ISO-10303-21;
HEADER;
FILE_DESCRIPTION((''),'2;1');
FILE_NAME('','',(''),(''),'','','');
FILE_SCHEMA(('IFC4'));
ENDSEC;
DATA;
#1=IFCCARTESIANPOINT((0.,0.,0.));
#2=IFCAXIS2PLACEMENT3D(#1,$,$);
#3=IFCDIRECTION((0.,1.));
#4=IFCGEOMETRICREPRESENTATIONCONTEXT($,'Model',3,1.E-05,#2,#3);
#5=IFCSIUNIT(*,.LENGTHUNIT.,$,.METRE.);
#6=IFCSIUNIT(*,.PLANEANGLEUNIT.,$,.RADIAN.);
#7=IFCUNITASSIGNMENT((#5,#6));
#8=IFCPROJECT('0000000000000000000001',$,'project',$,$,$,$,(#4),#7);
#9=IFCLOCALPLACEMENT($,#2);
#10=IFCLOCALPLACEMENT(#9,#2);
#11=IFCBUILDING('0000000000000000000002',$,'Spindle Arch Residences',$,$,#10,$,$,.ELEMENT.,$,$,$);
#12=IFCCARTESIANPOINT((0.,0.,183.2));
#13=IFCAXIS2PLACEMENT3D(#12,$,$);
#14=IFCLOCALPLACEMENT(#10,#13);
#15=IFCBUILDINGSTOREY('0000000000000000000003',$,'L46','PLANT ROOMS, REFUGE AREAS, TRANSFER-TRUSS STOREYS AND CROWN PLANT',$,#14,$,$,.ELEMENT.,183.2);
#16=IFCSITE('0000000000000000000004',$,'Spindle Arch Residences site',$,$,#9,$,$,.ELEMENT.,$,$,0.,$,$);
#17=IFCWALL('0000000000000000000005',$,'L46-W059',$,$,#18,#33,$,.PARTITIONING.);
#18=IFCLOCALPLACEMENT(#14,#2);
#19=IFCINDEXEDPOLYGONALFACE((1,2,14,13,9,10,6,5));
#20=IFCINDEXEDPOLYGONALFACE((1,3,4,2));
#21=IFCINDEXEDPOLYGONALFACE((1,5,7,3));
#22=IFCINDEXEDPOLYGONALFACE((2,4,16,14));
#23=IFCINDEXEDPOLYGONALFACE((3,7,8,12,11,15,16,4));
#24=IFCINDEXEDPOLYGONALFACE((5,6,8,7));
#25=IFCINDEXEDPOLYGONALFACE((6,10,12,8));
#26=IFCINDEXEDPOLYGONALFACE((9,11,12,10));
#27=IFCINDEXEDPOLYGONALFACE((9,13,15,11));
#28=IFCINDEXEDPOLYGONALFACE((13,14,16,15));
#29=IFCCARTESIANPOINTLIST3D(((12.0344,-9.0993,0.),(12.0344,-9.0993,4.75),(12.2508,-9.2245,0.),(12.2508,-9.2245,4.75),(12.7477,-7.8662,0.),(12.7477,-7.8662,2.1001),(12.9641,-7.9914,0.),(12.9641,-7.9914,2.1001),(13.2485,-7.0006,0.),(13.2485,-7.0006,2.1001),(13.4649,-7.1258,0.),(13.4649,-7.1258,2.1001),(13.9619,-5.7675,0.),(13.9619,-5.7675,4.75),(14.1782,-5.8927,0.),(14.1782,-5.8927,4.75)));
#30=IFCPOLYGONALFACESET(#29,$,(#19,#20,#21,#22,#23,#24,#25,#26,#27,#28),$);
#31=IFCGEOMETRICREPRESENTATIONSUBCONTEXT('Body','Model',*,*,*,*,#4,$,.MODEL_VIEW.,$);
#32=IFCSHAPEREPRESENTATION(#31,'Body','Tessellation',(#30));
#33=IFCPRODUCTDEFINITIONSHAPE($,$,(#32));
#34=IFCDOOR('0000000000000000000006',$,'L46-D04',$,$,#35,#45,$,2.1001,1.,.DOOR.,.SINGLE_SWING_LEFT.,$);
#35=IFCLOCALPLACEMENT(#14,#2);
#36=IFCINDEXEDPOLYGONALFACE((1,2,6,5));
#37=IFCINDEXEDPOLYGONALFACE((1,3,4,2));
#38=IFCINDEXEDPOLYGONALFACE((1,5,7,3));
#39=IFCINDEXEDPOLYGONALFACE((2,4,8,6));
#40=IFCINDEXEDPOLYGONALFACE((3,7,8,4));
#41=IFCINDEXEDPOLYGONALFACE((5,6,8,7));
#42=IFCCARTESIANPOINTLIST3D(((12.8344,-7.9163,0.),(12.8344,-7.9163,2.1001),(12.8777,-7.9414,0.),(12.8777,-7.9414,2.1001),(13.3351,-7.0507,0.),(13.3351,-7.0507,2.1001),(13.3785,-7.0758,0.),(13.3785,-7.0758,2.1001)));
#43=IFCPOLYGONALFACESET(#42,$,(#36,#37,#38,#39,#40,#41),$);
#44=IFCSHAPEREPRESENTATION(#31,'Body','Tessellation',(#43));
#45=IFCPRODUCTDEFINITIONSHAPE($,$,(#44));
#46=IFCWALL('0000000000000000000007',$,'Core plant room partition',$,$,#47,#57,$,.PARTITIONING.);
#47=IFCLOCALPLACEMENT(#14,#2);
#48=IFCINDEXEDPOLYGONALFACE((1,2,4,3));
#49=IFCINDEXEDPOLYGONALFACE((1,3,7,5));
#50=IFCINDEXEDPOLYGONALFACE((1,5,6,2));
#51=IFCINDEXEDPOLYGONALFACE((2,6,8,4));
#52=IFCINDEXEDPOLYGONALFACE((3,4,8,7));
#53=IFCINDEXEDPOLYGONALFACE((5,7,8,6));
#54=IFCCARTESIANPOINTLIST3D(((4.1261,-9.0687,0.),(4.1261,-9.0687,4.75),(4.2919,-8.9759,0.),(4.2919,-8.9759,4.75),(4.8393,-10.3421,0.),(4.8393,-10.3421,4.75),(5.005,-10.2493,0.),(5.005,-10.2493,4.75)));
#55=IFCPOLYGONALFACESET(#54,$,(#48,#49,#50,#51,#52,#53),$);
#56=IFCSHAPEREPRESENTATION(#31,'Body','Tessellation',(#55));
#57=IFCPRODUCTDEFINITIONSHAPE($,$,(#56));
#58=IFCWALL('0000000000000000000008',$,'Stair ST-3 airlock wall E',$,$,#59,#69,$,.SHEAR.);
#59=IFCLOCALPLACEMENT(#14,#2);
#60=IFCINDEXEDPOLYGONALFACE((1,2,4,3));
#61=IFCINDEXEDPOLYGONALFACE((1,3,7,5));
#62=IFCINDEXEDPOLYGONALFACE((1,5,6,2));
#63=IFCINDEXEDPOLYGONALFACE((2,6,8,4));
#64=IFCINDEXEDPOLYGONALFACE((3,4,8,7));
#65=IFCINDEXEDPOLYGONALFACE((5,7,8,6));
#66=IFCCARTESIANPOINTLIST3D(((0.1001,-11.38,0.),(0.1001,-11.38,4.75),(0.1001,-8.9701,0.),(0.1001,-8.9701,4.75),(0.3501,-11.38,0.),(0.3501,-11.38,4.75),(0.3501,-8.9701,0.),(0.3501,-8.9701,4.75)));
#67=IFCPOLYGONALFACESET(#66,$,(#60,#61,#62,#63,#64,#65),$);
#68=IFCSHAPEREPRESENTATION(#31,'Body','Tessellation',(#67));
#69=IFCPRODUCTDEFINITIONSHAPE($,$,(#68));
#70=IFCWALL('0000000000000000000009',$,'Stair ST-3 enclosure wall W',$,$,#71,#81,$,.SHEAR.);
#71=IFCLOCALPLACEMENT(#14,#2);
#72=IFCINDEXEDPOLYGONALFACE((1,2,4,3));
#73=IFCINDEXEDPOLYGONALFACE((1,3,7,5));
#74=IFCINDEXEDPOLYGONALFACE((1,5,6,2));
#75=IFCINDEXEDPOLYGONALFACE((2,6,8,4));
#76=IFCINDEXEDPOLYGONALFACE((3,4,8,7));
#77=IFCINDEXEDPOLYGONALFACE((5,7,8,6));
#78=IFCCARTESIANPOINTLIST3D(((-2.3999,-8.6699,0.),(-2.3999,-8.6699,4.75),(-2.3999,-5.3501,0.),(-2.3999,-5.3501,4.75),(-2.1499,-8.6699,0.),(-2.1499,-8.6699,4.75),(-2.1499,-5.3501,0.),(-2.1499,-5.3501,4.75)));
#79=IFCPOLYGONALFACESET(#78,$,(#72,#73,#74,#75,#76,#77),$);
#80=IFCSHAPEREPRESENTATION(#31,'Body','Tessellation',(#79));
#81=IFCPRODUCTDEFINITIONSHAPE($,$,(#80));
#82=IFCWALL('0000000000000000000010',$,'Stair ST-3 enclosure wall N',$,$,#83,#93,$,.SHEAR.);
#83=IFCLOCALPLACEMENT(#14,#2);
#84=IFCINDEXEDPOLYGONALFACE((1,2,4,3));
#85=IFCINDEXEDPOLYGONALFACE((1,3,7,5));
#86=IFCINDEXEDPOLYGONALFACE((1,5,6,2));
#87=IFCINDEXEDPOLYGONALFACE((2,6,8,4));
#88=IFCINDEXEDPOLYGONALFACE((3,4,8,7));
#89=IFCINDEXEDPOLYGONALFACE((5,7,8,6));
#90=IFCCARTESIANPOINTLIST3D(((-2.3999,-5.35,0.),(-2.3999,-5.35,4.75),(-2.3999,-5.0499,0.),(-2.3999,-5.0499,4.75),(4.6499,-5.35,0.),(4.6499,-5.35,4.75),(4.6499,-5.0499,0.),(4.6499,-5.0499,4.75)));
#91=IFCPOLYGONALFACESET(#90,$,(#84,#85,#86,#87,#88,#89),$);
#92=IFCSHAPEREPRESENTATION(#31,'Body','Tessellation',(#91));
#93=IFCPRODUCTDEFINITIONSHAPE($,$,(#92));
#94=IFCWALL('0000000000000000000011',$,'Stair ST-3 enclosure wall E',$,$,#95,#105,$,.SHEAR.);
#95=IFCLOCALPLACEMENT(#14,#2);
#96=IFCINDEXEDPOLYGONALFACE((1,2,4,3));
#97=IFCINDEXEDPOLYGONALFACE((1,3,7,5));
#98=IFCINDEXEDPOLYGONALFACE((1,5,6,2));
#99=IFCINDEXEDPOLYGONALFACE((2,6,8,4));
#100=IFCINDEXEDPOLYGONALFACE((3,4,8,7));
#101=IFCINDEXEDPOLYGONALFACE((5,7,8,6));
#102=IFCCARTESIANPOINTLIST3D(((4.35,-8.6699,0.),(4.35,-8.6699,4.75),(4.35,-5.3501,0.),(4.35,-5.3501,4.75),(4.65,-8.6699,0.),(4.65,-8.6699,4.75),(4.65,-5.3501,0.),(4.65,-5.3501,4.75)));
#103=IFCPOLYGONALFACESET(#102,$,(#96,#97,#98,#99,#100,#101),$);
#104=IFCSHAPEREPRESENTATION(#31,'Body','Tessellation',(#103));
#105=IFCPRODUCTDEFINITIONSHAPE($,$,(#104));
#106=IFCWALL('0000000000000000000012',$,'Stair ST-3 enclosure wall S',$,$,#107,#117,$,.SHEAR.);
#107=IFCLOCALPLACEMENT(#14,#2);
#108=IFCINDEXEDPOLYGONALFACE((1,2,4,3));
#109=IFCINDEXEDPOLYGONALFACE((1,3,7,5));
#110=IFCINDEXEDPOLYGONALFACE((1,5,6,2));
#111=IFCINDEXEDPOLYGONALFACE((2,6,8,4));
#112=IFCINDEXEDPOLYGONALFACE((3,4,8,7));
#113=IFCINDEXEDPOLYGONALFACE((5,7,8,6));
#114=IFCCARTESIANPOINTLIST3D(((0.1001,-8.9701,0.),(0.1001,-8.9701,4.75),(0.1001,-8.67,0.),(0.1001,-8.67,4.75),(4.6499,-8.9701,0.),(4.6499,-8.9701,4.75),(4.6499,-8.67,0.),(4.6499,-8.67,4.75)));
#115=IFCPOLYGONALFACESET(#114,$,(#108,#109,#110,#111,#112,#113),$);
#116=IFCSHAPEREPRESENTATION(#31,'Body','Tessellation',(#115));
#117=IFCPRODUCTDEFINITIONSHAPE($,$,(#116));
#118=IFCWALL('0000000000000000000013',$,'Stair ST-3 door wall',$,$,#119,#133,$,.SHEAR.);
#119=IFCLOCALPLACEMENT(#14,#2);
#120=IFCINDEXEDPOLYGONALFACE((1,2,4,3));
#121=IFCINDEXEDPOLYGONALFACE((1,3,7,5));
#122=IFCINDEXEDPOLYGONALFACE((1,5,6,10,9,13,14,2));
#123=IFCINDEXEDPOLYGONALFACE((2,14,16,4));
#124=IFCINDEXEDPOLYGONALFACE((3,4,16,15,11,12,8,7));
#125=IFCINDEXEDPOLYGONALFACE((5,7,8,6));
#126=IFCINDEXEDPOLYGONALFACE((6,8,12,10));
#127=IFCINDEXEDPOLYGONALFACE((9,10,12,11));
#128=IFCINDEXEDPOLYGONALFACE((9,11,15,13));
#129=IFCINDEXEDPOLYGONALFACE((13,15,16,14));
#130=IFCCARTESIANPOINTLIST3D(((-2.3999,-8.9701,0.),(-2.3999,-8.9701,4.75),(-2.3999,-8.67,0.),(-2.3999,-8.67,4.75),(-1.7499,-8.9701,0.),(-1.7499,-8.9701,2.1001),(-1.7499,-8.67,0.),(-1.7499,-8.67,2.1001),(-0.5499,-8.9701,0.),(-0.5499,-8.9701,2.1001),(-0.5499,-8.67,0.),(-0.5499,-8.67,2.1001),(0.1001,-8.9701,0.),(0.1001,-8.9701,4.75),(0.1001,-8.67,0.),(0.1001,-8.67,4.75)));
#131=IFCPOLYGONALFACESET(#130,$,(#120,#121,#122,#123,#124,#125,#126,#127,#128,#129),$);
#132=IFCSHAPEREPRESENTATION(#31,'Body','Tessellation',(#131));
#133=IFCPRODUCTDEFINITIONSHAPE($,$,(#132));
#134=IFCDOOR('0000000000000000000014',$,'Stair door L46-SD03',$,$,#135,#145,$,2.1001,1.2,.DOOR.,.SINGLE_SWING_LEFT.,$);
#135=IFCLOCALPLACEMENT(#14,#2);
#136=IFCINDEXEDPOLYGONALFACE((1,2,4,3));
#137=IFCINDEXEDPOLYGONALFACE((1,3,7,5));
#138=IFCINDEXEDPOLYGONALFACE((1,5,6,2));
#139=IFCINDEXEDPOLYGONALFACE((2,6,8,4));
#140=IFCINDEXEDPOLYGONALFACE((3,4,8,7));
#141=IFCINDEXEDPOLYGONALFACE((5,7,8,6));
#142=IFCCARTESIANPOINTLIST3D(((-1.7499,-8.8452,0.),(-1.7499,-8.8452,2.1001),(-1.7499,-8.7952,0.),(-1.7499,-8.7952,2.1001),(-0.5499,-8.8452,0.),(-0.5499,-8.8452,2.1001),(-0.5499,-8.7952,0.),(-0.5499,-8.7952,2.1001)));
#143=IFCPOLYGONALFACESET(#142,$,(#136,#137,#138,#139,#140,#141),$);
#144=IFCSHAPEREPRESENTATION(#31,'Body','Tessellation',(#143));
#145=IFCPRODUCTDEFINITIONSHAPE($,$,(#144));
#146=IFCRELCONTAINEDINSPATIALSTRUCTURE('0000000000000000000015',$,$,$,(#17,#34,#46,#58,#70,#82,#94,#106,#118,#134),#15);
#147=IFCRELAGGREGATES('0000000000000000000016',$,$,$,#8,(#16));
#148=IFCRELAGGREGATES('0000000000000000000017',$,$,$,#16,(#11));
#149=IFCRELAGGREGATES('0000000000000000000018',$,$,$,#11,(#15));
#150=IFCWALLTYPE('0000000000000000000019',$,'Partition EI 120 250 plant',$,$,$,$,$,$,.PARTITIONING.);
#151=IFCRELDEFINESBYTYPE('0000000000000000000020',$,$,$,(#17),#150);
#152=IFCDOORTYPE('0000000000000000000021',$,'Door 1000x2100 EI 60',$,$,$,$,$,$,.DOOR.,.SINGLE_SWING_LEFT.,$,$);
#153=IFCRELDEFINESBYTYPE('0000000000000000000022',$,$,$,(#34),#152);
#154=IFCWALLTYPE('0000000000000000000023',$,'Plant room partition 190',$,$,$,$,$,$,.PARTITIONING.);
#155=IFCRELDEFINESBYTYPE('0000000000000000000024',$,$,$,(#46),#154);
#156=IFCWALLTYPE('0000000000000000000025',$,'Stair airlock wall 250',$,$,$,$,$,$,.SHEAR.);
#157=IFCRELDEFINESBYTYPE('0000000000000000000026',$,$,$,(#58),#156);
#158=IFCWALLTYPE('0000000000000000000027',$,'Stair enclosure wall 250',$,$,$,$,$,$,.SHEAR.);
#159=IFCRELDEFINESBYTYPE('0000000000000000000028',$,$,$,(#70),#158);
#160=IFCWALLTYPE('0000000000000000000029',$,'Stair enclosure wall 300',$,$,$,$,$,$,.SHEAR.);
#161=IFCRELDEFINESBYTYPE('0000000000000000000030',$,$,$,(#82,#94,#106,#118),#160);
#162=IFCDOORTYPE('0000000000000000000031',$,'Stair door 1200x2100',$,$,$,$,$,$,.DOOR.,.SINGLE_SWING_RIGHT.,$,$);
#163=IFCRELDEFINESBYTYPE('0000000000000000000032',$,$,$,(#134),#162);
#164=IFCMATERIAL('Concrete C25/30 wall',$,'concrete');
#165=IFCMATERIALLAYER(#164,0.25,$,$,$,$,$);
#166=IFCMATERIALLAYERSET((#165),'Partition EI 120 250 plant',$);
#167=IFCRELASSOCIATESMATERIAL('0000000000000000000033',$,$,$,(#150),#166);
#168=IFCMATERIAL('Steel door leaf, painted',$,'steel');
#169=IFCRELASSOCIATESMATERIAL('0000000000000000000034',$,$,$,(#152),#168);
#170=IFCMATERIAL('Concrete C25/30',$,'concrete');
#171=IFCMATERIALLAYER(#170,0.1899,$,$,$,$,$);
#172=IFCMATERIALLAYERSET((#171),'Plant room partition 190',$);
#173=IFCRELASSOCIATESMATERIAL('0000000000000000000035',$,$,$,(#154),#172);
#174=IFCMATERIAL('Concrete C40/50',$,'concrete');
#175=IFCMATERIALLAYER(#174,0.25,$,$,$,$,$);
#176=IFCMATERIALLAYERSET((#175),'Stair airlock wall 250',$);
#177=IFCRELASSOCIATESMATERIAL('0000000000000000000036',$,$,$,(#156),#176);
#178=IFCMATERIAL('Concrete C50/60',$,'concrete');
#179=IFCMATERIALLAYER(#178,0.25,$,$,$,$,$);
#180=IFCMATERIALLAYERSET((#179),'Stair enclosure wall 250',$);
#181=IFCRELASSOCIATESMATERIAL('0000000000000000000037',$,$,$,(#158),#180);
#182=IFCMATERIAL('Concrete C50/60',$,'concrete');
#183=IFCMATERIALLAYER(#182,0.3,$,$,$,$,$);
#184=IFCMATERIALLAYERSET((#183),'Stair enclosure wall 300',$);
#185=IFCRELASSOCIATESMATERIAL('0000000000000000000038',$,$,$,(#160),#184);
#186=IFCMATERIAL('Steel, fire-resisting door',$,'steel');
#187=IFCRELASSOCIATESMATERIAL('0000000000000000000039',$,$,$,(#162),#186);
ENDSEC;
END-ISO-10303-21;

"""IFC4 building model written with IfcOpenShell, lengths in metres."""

from ifc_helpers import new_model, si_unit, direction, frame, frame_2d, origin, place, context, subcontext, project, spatial, rectangle, extrude, material, layer, layer_set, type_object, element, fill, save


model = new_model("IFC4")

# Units and contexts
model_context = context("Model", 3, precision=1e-05, world=origin(), true_north=direction((0.0, 1.0)))
body_context = subcontext(model_context, "Body", "Model", "MODEL_VIEW")
ifc_project = project(units=[si_unit("LENGTHUNIT", "METRE"), si_unit("PLANEANGLEUNIT", "RADIAN")], contexts=[model_context])

# Site, building, storey
site_placement = place(None, origin())
site = spatial("IfcSite", under=ifc_project, at=site_placement, Name="Spindle Arch Residences site", CompositionType="ELEMENT", RefElevation=0.0)
building_placement = place(site_placement, origin())
building = spatial("IfcBuilding", under=site, at=building_placement, Name="Spindle Arch Residences", CompositionType="ELEMENT")
storey_placement = place(building_placement, frame((0.0, 0.0, 183.2)))
storey = spatial("IfcBuildingStorey", under=building, at=storey_placement, Name="L46", Description="PLANT ROOMS, REFUGE AREAS, TRANSFER-TRUSS STOREYS AND CROWN PLANT", CompositionType="ELEMENT", Elevation=183.2)

# Wall, opening, door
ifc_material_1 = material(Name="Concrete C25/30 wall", Category="concrete")
ifc_layer_1 = layer(ifc_material_1, 0.25)
ifc_layer_set_1 = layer_set([ifc_layer_1], Name="Partition EI 120 250 plant")
wall_type_1 = type_object("IfcWallType", Name="Partition EI 120 250 plant", PredefinedType="PARTITIONING", material=ifc_layer_set_1)
wall_1_placement = place(storey_placement, frame((12.1426, -9.1619, 0.0), z_axis=(0.0, 0.0, 1.0), x_axis=(0.500756, 0.865588, 0.0)))
wall_1 = element("IfcWall", 1, at=wall_1_placement, inside=storey, type_object=wall_type_1, Name="L46-W059", PredefinedType="PARTITIONING", context=body_context, shape_type="SweptSolid", body=[
    extrude(rectangle(XDim=3.8491, YDim=0.25, at=frame_2d((1.9246, 0.0))), origin(), (0.0, 0.0, 1.0), 4.75),
])
opening_1_placement = place(wall_1_placement, frame((1.4246, 0.0, 0.0)))
opening_1 = element("IfcOpeningElement", 2, at=opening_1_placement, cuts=wall_1, PredefinedType="OPENING", context=body_context, shape_type="SweptSolid", body=[
    extrude(rectangle(XDim=1.0, YDim=2.1001, at=frame_2d((0.5, 1.05))), frame((0.0, 0.135, 0.0), z_axis=(0.0, -1.0, 0.0), x_axis=(1.0, 0.0, 0.0)), (0.0, 0.0, 1.0), 0.27),
])
ifc_material_2 = material(Name="Steel door leaf, painted", Category="steel")
door_type_1 = type_object("IfcDoorType", Name="Door 1000x2100 EI 60", OperationType="SINGLE_SWING_LEFT", PredefinedType="DOOR", material=ifc_material_2)
door_1_placement = place(opening_1_placement, origin())
door_1 = element("IfcDoor", 3, at=door_1_placement, inside=storey, type_object=door_type_1, Name="L46-D04", OperationType="SINGLE_SWING_LEFT", OverallHeight=2.1001, OverallWidth=1.0, PredefinedType="DOOR", context=body_context, shape_type="SweptSolid", body=[
    extrude(rectangle(XDim=1.0, YDim=2.1001, at=frame_2d((0.5, 1.05))), frame((0.0, 0.0249, 0.0), z_axis=(0.0, -1.0, 0.0), x_axis=(1.0, 0.0, 0.0)), (0.0, 0.0, 1.0), 0.05),
])
fill(opening_1, door_1)

# Walls
ifc_material_3 = material(Name="Concrete C25/30", Category="concrete")
ifc_layer_2 = layer(ifc_material_3, 0.1899)
ifc_layer_set_2 = layer_set([ifc_layer_2], Name="Plant room partition 190")
wall_type_2 = type_object("IfcWallType", Name="Plant room partition 190", PredefinedType="PARTITIONING", material=ifc_layer_set_2)
wall_2_placement = place(storey_placement, frame((4.9221, -10.2957, 0.0), z_axis=(0.0, 0.0, 1.0), x_axis=(-0.488608, 0.872503, 0.0)))
element("IfcWall", 4, at=wall_2_placement, inside=storey, type_object=wall_type_2, Name="Core plant room partition", PredefinedType="PARTITIONING", context=body_context, shape_type="SweptSolid", body=[
    extrude(rectangle(XDim=1.4595, YDim=0.1899, at=frame_2d((0.7297, 0.0))), origin(), (0.0, 0.0, 1.0), 4.75),
])
ifc_material_4 = material(Name="Concrete C40/50", Category="concrete")
ifc_layer_3 = layer(ifc_material_4, 0.25)
ifc_layer_set_3 = layer_set([ifc_layer_3], Name="Stair airlock wall 250")
wall_type_3 = type_object("IfcWallType", Name="Stair airlock wall 250", PredefinedType="SHEAR", material=ifc_layer_set_3)
wall_3_placement = place(storey_placement, frame((0.2251, -8.97, 0.0), z_axis=(0.0, 0.0, 1.0), x_axis=(0.0, -1.0, 0.0)))
element("IfcWall", 5, at=wall_3_placement, inside=storey, type_object=wall_type_3, Name="Stair ST-3 airlock wall E", PredefinedType="SHEAR", context=body_context, shape_type="SweptSolid", body=[
    extrude(rectangle(XDim=2.4099, YDim=0.25, at=frame_2d((1.2051, 0.0))), origin(), (0.0, 0.0, 1.0), 4.75),
])
ifc_material_5 = material(Name="Concrete C50/60", Category="concrete")
ifc_layer_4 = layer(ifc_material_5, 0.25)
ifc_layer_set_4 = layer_set([ifc_layer_4], Name="Stair enclosure wall 250")
wall_type_4 = type_object("IfcWallType", Name="Stair enclosure wall 250", PredefinedType="SHEAR", material=ifc_layer_set_4)
wall_4_placement = place(storey_placement, frame((-2.2749, -8.6699, 0.0), z_axis=(0.0, 0.0, 1.0), x_axis=(0.0, 1.0, 0.0)))
element("IfcWall", 6, at=wall_4_placement, inside=storey, type_object=wall_type_4, Name="Stair ST-3 enclosure wall W", PredefinedType="SHEAR", context=body_context, shape_type="SweptSolid", body=[
    extrude(rectangle(XDim=3.3198, YDim=0.25, at=frame_2d((1.6599, 0.0))), origin(), (0.0, 0.0, 1.0), 4.75),
])
ifc_material_6 = material(Name="Concrete C50/60", Category="concrete")
ifc_layer_5 = layer(ifc_material_6, 0.3)
ifc_layer_set_5 = layer_set([ifc_layer_5], Name="Stair enclosure wall 300")
wall_type_5 = type_object("IfcWallType", Name="Stair enclosure wall 300", PredefinedType="SHEAR", material=ifc_layer_set_5)
wall_5_placement = place(storey_placement, frame((-2.3999, -5.2, 0.0), z_axis=(0.0, 0.0, 1.0), x_axis=(1.0, 0.0, 0.0)))
element("IfcWall", 7, at=wall_5_placement, inside=storey, type_object=wall_type_5, Name="Stair ST-3 enclosure wall N", PredefinedType="SHEAR", context=body_context, shape_type="SweptSolid", body=[
    extrude(rectangle(XDim=7.0498, YDim=0.3, at=frame_2d((3.5249, 0.0))), origin(), (0.0, 0.0, 1.0), 4.75),
])
wall_6_placement = place(storey_placement, frame((4.5, -8.6699, 0.0), z_axis=(0.0, 0.0, 1.0), x_axis=(0.0, 1.0, 0.0)))
element("IfcWall", 8, at=wall_6_placement, inside=storey, type_object=wall_type_5, Name="Stair ST-3 enclosure wall E", PredefinedType="SHEAR", context=body_context, shape_type="SweptSolid", body=[
    extrude(rectangle(XDim=3.3198, YDim=0.3, at=frame_2d((1.6599, 0.0))), origin(), (0.0, 0.0, 1.0), 4.75),
])
wall_7_placement = place(storey_placement, frame((0.1001, -8.8201, 0.0), z_axis=(0.0, 0.0, 1.0), x_axis=(1.0, 0.0, 0.0)))
element("IfcWall", 9, at=wall_7_placement, inside=storey, type_object=wall_type_5, Name="Stair ST-3 enclosure wall S", PredefinedType="SHEAR", context=body_context, shape_type="SweptSolid", body=[
    extrude(rectangle(XDim=4.5498, YDim=0.3, at=frame_2d((2.2749, 0.0))), origin(), (0.0, 0.0, 1.0), 4.75),
])

# Wall, opening, door
wall_8_placement = place(storey_placement, frame((-2.3999, -8.8201, 0.0), z_axis=(0.0, 0.0, 1.0), x_axis=(1.0, 0.0, 0.0)))
wall_8 = element("IfcWall", 10, at=wall_8_placement, inside=storey, type_object=wall_type_5, Name="Stair ST-3 door wall", PredefinedType="SHEAR", context=body_context, shape_type="SweptSolid", body=[
    extrude(rectangle(XDim=2.5, YDim=0.3, at=frame_2d((1.25, 0.0))), origin(), (0.0, 0.0, 1.0), 4.75),
])
opening_2_placement = place(wall_8_placement, frame((0.6499, 0.0, 0.0)))
opening_2 = element("IfcOpeningElement", 11, at=opening_2_placement, cuts=wall_8, PredefinedType="OPENING", context=body_context, shape_type="SweptSolid", body=[
    extrude(rectangle(XDim=1.2, YDim=2.1001, at=frame_2d((0.6001, 1.05))), frame((0.0, 0.1602, 0.0), z_axis=(0.0, -1.0, 0.0), x_axis=(1.0, 0.0, 0.0)), (0.0, 0.0, 1.0), 0.3201),
])
ifc_material_7 = material(Name="Steel, fire-resisting door", Category="steel")
door_type_2 = type_object("IfcDoorType", Name="Stair door 1200x2100", OperationType="SINGLE_SWING_RIGHT", PredefinedType="DOOR", material=ifc_material_7)
door_2_placement = place(opening_2_placement, origin())
door_2 = element("IfcDoor", 12, at=door_2_placement, inside=storey, type_object=door_type_2, Name="Stair door L46-SD03", OperationType="SINGLE_SWING_LEFT", OverallHeight=2.1001, OverallWidth=1.2, PredefinedType="DOOR", context=body_context, shape_type="SweptSolid", body=[
    extrude(rectangle(XDim=1.2, YDim=2.1001, at=frame_2d((0.6001, 1.05))), frame((0.0, 0.0249, 0.0), z_axis=(0.0, -1.0, 0.0), x_axis=(1.0, 0.0, 0.0)), (0.0, 0.0, 1.0), 0.05),
])
fill(opening_2, door_2)

save(model, "model.ifc")
